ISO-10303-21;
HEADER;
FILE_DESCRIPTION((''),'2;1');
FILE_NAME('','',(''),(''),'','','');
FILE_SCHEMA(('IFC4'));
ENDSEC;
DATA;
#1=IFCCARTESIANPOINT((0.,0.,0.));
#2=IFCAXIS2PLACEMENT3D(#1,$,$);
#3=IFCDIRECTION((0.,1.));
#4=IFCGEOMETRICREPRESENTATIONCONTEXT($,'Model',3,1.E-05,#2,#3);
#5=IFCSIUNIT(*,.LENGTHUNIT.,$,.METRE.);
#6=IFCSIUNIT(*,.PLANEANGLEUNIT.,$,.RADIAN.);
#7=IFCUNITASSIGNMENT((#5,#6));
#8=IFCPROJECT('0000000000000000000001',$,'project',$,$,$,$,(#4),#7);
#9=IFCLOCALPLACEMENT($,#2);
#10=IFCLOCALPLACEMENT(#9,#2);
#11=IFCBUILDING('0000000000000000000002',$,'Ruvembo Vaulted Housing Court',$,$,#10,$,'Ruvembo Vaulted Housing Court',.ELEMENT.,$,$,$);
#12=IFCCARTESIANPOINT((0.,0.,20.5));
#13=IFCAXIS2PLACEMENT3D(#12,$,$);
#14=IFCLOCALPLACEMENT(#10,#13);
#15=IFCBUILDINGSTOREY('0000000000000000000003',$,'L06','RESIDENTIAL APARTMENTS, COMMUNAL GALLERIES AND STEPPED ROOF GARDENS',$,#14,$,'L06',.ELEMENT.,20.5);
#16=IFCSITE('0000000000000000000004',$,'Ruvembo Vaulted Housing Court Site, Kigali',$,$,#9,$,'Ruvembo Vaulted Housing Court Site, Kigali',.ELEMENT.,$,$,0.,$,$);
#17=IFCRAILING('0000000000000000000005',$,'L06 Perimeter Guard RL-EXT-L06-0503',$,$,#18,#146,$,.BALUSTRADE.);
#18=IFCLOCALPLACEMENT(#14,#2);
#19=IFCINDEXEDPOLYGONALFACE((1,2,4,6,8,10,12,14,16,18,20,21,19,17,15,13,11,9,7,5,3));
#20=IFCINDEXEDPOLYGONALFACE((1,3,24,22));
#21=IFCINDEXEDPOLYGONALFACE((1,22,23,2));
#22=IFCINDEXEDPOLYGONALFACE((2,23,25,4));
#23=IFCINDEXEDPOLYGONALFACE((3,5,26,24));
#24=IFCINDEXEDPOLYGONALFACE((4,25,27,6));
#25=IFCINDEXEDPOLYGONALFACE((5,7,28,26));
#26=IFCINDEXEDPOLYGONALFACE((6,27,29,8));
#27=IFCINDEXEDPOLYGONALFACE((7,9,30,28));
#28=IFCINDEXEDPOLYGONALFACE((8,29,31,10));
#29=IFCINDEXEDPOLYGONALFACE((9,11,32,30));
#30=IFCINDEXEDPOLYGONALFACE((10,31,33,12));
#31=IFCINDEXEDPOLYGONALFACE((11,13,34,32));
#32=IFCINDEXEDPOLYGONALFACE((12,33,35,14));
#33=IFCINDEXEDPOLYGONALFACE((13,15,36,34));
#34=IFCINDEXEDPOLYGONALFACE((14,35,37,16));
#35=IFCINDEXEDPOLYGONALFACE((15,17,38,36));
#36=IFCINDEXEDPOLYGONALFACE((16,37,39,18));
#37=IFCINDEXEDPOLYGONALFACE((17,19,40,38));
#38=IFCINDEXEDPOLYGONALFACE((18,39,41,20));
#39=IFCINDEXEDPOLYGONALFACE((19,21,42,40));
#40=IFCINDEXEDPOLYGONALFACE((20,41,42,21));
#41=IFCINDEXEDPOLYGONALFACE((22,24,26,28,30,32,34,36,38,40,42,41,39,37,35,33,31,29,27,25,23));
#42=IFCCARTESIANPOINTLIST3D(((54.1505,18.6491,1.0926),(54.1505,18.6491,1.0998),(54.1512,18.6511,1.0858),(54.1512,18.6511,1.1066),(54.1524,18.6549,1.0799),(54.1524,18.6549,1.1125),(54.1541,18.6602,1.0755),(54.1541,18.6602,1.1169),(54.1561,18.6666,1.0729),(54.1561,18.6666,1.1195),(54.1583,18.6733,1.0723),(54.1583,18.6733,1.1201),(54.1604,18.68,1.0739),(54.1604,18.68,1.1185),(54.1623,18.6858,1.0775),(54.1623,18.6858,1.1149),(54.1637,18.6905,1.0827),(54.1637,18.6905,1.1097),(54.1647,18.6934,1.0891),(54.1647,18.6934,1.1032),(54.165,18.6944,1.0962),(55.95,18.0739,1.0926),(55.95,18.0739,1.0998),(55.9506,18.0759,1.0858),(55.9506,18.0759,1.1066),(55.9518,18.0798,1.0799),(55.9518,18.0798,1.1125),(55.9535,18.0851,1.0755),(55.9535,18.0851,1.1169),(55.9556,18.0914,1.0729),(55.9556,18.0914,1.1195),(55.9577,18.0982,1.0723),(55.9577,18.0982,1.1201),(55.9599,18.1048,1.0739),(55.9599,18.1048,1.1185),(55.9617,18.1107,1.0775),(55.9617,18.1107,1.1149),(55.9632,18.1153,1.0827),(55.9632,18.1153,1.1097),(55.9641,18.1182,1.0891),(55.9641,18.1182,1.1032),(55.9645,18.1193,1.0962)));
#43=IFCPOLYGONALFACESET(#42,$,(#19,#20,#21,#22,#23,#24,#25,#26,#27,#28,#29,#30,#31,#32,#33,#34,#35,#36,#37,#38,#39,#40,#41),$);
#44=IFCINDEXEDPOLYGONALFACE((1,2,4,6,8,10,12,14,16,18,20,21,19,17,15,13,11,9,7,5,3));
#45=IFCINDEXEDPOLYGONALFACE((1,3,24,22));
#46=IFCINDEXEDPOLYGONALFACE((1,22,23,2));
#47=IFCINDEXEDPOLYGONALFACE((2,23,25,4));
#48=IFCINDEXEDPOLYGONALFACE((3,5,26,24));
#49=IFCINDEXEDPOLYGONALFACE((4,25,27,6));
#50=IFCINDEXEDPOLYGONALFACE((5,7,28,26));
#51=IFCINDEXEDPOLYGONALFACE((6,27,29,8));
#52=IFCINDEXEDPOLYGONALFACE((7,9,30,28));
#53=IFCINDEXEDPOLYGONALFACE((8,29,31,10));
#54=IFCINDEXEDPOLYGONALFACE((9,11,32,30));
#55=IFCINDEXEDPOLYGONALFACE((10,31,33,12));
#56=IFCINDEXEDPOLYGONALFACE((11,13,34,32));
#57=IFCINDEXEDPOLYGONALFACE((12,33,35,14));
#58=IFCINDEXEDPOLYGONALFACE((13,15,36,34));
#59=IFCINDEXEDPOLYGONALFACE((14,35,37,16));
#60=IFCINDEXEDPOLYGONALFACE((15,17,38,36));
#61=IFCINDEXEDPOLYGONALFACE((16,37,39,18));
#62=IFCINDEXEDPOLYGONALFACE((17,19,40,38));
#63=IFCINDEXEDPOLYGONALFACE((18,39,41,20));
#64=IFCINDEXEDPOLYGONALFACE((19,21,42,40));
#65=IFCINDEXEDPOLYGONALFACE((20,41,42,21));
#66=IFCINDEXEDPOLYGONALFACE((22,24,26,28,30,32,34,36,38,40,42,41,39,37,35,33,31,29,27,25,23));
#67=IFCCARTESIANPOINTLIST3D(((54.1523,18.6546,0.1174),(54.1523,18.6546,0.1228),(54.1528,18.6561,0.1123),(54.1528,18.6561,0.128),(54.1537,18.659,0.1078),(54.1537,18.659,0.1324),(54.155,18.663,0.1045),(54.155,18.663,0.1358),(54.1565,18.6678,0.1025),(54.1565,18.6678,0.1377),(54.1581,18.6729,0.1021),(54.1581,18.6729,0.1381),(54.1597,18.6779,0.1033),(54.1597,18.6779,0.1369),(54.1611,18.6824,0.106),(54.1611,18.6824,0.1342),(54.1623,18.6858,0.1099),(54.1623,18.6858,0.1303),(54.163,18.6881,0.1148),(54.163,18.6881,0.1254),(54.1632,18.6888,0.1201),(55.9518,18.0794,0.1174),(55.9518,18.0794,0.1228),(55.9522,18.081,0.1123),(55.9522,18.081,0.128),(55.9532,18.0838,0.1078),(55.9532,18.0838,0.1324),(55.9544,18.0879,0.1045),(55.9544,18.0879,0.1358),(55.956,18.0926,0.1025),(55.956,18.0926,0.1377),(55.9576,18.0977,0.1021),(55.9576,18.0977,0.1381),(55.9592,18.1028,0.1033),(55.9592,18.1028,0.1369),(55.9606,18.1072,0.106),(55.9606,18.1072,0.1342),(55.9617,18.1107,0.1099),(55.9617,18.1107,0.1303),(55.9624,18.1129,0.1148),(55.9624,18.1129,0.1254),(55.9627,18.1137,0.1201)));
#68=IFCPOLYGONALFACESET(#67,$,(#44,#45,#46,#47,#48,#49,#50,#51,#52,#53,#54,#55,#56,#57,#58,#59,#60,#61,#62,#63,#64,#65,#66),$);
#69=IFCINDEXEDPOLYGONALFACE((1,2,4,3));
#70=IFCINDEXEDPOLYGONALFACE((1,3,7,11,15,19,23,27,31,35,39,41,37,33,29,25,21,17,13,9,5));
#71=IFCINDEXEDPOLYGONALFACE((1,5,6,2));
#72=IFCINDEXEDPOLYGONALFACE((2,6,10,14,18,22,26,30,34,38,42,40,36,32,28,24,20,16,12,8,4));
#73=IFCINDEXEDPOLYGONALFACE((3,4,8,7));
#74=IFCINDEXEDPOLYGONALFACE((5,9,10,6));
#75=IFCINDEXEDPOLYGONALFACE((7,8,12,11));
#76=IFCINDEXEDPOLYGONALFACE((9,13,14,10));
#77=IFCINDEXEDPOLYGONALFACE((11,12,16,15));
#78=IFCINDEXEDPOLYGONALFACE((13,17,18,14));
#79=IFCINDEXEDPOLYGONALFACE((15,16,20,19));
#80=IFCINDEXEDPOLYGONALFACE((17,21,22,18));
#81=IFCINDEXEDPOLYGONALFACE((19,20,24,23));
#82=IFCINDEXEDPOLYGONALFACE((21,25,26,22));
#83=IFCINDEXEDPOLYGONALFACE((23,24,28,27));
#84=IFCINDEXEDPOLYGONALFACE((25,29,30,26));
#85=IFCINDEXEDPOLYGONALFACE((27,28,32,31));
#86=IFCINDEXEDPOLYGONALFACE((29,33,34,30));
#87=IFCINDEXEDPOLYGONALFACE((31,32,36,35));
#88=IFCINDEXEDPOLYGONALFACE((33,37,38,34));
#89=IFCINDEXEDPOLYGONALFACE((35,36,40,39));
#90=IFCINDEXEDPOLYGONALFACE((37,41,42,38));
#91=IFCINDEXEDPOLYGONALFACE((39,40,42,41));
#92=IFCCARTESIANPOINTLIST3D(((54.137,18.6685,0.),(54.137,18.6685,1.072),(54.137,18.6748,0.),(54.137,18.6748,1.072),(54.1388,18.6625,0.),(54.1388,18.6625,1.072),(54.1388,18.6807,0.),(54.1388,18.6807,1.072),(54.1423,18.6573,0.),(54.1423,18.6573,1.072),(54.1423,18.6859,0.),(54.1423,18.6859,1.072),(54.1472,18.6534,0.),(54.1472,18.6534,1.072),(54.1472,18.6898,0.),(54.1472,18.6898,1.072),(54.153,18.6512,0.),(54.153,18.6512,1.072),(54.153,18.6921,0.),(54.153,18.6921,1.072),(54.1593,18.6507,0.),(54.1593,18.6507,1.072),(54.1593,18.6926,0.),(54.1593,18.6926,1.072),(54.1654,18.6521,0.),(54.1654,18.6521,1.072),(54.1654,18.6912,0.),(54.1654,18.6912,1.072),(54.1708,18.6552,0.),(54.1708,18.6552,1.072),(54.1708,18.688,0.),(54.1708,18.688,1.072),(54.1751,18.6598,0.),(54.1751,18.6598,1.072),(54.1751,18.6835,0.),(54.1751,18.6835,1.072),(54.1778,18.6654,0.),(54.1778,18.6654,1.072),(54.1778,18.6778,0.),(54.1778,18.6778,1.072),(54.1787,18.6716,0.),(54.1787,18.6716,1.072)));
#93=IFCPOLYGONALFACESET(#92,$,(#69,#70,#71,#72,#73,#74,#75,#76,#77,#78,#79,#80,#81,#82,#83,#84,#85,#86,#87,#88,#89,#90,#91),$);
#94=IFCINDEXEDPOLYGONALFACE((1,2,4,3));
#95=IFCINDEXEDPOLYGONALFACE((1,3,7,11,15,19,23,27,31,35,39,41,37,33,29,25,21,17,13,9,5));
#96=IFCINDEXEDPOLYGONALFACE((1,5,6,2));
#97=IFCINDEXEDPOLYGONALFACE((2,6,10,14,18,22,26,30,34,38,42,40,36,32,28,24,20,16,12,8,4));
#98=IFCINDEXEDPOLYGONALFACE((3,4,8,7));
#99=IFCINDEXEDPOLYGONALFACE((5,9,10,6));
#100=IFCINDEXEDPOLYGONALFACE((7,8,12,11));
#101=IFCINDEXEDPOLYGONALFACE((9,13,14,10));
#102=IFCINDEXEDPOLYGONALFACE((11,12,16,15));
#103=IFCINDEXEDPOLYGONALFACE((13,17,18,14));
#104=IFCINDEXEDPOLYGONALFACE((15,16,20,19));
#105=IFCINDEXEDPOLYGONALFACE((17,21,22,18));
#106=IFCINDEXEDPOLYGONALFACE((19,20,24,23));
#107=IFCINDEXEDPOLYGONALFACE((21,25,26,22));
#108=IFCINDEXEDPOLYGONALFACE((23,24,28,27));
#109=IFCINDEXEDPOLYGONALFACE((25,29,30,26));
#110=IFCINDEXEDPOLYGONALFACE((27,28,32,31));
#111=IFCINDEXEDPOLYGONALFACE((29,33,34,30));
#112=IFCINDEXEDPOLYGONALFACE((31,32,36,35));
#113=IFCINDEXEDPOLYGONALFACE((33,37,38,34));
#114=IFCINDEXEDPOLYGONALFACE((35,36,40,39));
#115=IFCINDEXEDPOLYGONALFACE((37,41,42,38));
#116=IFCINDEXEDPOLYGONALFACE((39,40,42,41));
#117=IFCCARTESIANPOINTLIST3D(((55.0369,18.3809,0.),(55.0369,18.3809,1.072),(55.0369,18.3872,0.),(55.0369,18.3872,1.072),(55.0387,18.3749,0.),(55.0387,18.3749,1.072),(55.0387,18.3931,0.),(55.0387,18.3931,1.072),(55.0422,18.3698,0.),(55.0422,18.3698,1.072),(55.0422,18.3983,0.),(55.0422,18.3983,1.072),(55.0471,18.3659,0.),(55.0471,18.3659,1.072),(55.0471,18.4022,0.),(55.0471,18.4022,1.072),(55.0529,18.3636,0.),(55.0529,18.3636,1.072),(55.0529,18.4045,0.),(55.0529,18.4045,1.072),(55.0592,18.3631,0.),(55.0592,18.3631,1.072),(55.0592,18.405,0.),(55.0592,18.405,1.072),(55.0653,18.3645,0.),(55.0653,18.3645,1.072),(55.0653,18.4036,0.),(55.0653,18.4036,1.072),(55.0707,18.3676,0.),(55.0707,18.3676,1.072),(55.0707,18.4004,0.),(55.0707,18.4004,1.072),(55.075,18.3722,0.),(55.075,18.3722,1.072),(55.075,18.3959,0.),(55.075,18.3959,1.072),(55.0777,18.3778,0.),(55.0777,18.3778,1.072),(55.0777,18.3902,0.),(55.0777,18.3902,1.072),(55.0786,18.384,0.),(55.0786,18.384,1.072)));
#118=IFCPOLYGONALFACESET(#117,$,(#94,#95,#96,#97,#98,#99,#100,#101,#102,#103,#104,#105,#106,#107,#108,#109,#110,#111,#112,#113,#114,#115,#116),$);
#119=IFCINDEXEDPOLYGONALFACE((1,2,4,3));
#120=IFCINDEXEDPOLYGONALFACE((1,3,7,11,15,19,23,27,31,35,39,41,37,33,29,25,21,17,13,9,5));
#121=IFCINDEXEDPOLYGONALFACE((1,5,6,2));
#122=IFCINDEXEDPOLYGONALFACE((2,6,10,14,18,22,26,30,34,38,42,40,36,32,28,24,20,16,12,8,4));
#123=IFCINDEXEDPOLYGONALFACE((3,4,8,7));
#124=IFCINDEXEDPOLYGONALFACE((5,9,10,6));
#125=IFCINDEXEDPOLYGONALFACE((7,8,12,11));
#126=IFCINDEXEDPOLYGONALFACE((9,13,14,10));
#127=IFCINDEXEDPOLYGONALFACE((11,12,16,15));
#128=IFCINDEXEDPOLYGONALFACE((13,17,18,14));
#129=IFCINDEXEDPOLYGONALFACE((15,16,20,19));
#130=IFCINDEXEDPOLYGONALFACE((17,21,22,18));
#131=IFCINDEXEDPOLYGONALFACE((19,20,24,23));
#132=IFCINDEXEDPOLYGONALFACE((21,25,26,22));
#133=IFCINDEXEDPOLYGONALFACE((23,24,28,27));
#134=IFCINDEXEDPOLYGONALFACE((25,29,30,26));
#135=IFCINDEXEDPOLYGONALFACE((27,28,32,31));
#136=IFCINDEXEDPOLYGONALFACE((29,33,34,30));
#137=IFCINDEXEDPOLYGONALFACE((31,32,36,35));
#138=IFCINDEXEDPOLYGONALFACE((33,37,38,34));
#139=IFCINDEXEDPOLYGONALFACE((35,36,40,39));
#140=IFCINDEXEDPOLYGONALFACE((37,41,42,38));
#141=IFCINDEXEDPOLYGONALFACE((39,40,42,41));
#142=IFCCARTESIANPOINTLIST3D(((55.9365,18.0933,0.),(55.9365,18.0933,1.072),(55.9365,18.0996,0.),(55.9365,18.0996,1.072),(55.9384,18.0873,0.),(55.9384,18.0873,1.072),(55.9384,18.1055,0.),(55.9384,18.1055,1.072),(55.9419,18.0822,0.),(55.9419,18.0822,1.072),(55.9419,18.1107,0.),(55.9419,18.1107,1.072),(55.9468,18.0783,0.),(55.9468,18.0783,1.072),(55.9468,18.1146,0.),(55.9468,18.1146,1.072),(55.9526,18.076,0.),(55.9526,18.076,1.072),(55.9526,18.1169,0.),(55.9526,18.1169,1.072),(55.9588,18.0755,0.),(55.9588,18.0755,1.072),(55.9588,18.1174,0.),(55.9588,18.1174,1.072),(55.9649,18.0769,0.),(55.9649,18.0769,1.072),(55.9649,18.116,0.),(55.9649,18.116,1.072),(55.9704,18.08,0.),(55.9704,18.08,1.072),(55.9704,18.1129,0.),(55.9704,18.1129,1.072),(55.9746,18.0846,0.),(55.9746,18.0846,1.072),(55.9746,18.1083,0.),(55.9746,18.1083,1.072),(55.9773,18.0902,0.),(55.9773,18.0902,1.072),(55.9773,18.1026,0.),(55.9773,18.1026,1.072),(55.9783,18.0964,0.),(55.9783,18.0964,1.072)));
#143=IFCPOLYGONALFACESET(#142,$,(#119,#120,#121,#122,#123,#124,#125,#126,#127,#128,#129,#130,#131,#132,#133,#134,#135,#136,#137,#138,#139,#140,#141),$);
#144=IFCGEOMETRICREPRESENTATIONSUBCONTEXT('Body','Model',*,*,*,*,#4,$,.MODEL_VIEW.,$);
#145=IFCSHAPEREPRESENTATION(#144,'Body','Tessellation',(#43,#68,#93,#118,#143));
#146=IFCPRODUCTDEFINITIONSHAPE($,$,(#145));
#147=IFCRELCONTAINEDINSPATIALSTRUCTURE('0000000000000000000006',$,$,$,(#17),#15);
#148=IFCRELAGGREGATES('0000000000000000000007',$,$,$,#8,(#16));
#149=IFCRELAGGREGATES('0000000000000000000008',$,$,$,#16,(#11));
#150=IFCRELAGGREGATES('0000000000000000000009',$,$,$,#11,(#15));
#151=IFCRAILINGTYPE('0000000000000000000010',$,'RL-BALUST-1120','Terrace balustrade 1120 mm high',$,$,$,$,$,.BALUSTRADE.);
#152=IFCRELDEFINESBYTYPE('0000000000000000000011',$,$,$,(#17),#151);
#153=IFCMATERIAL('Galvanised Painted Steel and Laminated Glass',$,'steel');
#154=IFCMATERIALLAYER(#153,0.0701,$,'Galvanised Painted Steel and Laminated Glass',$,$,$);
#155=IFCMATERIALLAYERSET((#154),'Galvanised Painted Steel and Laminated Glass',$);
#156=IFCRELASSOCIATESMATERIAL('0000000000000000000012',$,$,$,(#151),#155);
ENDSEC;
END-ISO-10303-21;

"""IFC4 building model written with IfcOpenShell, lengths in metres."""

from ifc_helpers import new_model, si_unit, direction, frame, origin, origin_2d, place, context, subcontext, project, spatial, circle, extrude, material, layer, layer_set, type_object, element, save


model = new_model("IFC4")

# Units and contexts
model_context = context("Model", 3, precision=1e-05, world=origin(), true_north=direction((0.0, 1.0)))
body_context = subcontext(model_context, "Body", "Model", "MODEL_VIEW")
ifc_project = project(units=[si_unit("LENGTHUNIT", "METRE"), si_unit("PLANEANGLEUNIT", "RADIAN")], contexts=[model_context])

# Site, building, storey
site_placement = place(None, origin())
site = spatial("IfcSite", under=ifc_project, at=site_placement, Name="Ruvembo Vaulted Housing Court Site, Kigali", LongName="Ruvembo Vaulted Housing Court Site, Kigali", CompositionType="ELEMENT", RefElevation=0.0)
building_placement = place(site_placement, origin())
building = spatial("IfcBuilding", under=site, at=building_placement, Name="Ruvembo Vaulted Housing Court", LongName="Ruvembo Vaulted Housing Court", CompositionType="ELEMENT")
storey_placement = place(building_placement, frame((0.0, 0.0, 20.5)))
storey = spatial("IfcBuildingStorey", under=building, at=storey_placement, Name="L06", Description="RESIDENTIAL APARTMENTS, COMMUNAL GALLERIES AND STEPPED ROOF GARDENS", LongName="L06", CompositionType="ELEMENT", Elevation=20.5)

# Railing
ifc_material_1 = material(Name="Galvanised Painted Steel and Laminated Glass", Category="steel")
ifc_layer = layer(ifc_material_1, 0.0701, Name="Galvanised Painted Steel and Laminated Glass")
ifc_layer_set = layer_set([ifc_layer], Name="Galvanised Painted Steel and Laminated Glass")
railing_type = type_object("IfcRailingType", Name="RL-BALUST-1120", Description="Terrace balustrade 1120 mm high", PredefinedType="BALUSTRADE", material=ifc_layer_set)
railing_1_placement = place(storey_placement, frame((54.1577, 18.6716, 0.0)))
element("IfcRailing", 1, at=railing_1_placement, inside=storey, type_object=railing_type, Name="L06 Perimeter Guard RL-EXT-L06-0503", PredefinedType="BALUSTRADE", context=body_context, shape_type="SweptSolid", body=[
    extrude(circle(Radius=0.0239, at=origin_2d()), frame((0.0, 0.0, 1.0962), z_axis=(0.952526, -0.304457, 0.0), x_axis=(0.304457, 0.952526, 0.0)), (0.0, 0.0, 1.0), 1.8892),
    extrude(circle(Radius=0.0181, at=origin_2d()), frame((0.0, 0.0, 0.1201), z_axis=(0.952526, -0.304457, 0.0), x_axis=(0.304457, 0.952526, 0.0)), (0.0, 0.0, 1.0), 1.8892),
    extrude(circle(Radius=0.021, at=origin_2d()), origin(), (0.0, 0.0, 1.0), 1.072),
    extrude(circle(Radius=0.021, at=origin_2d()), frame((0.8999, -0.2876, 0.0)), (0.0, 0.0, 1.0), 1.072),
    extrude(circle(Radius=0.021, at=origin_2d()), frame((1.7996, -0.5752, 0.0)), (0.0, 0.0, 1.0), 1.072),
])

save(model, "model.ifc")
